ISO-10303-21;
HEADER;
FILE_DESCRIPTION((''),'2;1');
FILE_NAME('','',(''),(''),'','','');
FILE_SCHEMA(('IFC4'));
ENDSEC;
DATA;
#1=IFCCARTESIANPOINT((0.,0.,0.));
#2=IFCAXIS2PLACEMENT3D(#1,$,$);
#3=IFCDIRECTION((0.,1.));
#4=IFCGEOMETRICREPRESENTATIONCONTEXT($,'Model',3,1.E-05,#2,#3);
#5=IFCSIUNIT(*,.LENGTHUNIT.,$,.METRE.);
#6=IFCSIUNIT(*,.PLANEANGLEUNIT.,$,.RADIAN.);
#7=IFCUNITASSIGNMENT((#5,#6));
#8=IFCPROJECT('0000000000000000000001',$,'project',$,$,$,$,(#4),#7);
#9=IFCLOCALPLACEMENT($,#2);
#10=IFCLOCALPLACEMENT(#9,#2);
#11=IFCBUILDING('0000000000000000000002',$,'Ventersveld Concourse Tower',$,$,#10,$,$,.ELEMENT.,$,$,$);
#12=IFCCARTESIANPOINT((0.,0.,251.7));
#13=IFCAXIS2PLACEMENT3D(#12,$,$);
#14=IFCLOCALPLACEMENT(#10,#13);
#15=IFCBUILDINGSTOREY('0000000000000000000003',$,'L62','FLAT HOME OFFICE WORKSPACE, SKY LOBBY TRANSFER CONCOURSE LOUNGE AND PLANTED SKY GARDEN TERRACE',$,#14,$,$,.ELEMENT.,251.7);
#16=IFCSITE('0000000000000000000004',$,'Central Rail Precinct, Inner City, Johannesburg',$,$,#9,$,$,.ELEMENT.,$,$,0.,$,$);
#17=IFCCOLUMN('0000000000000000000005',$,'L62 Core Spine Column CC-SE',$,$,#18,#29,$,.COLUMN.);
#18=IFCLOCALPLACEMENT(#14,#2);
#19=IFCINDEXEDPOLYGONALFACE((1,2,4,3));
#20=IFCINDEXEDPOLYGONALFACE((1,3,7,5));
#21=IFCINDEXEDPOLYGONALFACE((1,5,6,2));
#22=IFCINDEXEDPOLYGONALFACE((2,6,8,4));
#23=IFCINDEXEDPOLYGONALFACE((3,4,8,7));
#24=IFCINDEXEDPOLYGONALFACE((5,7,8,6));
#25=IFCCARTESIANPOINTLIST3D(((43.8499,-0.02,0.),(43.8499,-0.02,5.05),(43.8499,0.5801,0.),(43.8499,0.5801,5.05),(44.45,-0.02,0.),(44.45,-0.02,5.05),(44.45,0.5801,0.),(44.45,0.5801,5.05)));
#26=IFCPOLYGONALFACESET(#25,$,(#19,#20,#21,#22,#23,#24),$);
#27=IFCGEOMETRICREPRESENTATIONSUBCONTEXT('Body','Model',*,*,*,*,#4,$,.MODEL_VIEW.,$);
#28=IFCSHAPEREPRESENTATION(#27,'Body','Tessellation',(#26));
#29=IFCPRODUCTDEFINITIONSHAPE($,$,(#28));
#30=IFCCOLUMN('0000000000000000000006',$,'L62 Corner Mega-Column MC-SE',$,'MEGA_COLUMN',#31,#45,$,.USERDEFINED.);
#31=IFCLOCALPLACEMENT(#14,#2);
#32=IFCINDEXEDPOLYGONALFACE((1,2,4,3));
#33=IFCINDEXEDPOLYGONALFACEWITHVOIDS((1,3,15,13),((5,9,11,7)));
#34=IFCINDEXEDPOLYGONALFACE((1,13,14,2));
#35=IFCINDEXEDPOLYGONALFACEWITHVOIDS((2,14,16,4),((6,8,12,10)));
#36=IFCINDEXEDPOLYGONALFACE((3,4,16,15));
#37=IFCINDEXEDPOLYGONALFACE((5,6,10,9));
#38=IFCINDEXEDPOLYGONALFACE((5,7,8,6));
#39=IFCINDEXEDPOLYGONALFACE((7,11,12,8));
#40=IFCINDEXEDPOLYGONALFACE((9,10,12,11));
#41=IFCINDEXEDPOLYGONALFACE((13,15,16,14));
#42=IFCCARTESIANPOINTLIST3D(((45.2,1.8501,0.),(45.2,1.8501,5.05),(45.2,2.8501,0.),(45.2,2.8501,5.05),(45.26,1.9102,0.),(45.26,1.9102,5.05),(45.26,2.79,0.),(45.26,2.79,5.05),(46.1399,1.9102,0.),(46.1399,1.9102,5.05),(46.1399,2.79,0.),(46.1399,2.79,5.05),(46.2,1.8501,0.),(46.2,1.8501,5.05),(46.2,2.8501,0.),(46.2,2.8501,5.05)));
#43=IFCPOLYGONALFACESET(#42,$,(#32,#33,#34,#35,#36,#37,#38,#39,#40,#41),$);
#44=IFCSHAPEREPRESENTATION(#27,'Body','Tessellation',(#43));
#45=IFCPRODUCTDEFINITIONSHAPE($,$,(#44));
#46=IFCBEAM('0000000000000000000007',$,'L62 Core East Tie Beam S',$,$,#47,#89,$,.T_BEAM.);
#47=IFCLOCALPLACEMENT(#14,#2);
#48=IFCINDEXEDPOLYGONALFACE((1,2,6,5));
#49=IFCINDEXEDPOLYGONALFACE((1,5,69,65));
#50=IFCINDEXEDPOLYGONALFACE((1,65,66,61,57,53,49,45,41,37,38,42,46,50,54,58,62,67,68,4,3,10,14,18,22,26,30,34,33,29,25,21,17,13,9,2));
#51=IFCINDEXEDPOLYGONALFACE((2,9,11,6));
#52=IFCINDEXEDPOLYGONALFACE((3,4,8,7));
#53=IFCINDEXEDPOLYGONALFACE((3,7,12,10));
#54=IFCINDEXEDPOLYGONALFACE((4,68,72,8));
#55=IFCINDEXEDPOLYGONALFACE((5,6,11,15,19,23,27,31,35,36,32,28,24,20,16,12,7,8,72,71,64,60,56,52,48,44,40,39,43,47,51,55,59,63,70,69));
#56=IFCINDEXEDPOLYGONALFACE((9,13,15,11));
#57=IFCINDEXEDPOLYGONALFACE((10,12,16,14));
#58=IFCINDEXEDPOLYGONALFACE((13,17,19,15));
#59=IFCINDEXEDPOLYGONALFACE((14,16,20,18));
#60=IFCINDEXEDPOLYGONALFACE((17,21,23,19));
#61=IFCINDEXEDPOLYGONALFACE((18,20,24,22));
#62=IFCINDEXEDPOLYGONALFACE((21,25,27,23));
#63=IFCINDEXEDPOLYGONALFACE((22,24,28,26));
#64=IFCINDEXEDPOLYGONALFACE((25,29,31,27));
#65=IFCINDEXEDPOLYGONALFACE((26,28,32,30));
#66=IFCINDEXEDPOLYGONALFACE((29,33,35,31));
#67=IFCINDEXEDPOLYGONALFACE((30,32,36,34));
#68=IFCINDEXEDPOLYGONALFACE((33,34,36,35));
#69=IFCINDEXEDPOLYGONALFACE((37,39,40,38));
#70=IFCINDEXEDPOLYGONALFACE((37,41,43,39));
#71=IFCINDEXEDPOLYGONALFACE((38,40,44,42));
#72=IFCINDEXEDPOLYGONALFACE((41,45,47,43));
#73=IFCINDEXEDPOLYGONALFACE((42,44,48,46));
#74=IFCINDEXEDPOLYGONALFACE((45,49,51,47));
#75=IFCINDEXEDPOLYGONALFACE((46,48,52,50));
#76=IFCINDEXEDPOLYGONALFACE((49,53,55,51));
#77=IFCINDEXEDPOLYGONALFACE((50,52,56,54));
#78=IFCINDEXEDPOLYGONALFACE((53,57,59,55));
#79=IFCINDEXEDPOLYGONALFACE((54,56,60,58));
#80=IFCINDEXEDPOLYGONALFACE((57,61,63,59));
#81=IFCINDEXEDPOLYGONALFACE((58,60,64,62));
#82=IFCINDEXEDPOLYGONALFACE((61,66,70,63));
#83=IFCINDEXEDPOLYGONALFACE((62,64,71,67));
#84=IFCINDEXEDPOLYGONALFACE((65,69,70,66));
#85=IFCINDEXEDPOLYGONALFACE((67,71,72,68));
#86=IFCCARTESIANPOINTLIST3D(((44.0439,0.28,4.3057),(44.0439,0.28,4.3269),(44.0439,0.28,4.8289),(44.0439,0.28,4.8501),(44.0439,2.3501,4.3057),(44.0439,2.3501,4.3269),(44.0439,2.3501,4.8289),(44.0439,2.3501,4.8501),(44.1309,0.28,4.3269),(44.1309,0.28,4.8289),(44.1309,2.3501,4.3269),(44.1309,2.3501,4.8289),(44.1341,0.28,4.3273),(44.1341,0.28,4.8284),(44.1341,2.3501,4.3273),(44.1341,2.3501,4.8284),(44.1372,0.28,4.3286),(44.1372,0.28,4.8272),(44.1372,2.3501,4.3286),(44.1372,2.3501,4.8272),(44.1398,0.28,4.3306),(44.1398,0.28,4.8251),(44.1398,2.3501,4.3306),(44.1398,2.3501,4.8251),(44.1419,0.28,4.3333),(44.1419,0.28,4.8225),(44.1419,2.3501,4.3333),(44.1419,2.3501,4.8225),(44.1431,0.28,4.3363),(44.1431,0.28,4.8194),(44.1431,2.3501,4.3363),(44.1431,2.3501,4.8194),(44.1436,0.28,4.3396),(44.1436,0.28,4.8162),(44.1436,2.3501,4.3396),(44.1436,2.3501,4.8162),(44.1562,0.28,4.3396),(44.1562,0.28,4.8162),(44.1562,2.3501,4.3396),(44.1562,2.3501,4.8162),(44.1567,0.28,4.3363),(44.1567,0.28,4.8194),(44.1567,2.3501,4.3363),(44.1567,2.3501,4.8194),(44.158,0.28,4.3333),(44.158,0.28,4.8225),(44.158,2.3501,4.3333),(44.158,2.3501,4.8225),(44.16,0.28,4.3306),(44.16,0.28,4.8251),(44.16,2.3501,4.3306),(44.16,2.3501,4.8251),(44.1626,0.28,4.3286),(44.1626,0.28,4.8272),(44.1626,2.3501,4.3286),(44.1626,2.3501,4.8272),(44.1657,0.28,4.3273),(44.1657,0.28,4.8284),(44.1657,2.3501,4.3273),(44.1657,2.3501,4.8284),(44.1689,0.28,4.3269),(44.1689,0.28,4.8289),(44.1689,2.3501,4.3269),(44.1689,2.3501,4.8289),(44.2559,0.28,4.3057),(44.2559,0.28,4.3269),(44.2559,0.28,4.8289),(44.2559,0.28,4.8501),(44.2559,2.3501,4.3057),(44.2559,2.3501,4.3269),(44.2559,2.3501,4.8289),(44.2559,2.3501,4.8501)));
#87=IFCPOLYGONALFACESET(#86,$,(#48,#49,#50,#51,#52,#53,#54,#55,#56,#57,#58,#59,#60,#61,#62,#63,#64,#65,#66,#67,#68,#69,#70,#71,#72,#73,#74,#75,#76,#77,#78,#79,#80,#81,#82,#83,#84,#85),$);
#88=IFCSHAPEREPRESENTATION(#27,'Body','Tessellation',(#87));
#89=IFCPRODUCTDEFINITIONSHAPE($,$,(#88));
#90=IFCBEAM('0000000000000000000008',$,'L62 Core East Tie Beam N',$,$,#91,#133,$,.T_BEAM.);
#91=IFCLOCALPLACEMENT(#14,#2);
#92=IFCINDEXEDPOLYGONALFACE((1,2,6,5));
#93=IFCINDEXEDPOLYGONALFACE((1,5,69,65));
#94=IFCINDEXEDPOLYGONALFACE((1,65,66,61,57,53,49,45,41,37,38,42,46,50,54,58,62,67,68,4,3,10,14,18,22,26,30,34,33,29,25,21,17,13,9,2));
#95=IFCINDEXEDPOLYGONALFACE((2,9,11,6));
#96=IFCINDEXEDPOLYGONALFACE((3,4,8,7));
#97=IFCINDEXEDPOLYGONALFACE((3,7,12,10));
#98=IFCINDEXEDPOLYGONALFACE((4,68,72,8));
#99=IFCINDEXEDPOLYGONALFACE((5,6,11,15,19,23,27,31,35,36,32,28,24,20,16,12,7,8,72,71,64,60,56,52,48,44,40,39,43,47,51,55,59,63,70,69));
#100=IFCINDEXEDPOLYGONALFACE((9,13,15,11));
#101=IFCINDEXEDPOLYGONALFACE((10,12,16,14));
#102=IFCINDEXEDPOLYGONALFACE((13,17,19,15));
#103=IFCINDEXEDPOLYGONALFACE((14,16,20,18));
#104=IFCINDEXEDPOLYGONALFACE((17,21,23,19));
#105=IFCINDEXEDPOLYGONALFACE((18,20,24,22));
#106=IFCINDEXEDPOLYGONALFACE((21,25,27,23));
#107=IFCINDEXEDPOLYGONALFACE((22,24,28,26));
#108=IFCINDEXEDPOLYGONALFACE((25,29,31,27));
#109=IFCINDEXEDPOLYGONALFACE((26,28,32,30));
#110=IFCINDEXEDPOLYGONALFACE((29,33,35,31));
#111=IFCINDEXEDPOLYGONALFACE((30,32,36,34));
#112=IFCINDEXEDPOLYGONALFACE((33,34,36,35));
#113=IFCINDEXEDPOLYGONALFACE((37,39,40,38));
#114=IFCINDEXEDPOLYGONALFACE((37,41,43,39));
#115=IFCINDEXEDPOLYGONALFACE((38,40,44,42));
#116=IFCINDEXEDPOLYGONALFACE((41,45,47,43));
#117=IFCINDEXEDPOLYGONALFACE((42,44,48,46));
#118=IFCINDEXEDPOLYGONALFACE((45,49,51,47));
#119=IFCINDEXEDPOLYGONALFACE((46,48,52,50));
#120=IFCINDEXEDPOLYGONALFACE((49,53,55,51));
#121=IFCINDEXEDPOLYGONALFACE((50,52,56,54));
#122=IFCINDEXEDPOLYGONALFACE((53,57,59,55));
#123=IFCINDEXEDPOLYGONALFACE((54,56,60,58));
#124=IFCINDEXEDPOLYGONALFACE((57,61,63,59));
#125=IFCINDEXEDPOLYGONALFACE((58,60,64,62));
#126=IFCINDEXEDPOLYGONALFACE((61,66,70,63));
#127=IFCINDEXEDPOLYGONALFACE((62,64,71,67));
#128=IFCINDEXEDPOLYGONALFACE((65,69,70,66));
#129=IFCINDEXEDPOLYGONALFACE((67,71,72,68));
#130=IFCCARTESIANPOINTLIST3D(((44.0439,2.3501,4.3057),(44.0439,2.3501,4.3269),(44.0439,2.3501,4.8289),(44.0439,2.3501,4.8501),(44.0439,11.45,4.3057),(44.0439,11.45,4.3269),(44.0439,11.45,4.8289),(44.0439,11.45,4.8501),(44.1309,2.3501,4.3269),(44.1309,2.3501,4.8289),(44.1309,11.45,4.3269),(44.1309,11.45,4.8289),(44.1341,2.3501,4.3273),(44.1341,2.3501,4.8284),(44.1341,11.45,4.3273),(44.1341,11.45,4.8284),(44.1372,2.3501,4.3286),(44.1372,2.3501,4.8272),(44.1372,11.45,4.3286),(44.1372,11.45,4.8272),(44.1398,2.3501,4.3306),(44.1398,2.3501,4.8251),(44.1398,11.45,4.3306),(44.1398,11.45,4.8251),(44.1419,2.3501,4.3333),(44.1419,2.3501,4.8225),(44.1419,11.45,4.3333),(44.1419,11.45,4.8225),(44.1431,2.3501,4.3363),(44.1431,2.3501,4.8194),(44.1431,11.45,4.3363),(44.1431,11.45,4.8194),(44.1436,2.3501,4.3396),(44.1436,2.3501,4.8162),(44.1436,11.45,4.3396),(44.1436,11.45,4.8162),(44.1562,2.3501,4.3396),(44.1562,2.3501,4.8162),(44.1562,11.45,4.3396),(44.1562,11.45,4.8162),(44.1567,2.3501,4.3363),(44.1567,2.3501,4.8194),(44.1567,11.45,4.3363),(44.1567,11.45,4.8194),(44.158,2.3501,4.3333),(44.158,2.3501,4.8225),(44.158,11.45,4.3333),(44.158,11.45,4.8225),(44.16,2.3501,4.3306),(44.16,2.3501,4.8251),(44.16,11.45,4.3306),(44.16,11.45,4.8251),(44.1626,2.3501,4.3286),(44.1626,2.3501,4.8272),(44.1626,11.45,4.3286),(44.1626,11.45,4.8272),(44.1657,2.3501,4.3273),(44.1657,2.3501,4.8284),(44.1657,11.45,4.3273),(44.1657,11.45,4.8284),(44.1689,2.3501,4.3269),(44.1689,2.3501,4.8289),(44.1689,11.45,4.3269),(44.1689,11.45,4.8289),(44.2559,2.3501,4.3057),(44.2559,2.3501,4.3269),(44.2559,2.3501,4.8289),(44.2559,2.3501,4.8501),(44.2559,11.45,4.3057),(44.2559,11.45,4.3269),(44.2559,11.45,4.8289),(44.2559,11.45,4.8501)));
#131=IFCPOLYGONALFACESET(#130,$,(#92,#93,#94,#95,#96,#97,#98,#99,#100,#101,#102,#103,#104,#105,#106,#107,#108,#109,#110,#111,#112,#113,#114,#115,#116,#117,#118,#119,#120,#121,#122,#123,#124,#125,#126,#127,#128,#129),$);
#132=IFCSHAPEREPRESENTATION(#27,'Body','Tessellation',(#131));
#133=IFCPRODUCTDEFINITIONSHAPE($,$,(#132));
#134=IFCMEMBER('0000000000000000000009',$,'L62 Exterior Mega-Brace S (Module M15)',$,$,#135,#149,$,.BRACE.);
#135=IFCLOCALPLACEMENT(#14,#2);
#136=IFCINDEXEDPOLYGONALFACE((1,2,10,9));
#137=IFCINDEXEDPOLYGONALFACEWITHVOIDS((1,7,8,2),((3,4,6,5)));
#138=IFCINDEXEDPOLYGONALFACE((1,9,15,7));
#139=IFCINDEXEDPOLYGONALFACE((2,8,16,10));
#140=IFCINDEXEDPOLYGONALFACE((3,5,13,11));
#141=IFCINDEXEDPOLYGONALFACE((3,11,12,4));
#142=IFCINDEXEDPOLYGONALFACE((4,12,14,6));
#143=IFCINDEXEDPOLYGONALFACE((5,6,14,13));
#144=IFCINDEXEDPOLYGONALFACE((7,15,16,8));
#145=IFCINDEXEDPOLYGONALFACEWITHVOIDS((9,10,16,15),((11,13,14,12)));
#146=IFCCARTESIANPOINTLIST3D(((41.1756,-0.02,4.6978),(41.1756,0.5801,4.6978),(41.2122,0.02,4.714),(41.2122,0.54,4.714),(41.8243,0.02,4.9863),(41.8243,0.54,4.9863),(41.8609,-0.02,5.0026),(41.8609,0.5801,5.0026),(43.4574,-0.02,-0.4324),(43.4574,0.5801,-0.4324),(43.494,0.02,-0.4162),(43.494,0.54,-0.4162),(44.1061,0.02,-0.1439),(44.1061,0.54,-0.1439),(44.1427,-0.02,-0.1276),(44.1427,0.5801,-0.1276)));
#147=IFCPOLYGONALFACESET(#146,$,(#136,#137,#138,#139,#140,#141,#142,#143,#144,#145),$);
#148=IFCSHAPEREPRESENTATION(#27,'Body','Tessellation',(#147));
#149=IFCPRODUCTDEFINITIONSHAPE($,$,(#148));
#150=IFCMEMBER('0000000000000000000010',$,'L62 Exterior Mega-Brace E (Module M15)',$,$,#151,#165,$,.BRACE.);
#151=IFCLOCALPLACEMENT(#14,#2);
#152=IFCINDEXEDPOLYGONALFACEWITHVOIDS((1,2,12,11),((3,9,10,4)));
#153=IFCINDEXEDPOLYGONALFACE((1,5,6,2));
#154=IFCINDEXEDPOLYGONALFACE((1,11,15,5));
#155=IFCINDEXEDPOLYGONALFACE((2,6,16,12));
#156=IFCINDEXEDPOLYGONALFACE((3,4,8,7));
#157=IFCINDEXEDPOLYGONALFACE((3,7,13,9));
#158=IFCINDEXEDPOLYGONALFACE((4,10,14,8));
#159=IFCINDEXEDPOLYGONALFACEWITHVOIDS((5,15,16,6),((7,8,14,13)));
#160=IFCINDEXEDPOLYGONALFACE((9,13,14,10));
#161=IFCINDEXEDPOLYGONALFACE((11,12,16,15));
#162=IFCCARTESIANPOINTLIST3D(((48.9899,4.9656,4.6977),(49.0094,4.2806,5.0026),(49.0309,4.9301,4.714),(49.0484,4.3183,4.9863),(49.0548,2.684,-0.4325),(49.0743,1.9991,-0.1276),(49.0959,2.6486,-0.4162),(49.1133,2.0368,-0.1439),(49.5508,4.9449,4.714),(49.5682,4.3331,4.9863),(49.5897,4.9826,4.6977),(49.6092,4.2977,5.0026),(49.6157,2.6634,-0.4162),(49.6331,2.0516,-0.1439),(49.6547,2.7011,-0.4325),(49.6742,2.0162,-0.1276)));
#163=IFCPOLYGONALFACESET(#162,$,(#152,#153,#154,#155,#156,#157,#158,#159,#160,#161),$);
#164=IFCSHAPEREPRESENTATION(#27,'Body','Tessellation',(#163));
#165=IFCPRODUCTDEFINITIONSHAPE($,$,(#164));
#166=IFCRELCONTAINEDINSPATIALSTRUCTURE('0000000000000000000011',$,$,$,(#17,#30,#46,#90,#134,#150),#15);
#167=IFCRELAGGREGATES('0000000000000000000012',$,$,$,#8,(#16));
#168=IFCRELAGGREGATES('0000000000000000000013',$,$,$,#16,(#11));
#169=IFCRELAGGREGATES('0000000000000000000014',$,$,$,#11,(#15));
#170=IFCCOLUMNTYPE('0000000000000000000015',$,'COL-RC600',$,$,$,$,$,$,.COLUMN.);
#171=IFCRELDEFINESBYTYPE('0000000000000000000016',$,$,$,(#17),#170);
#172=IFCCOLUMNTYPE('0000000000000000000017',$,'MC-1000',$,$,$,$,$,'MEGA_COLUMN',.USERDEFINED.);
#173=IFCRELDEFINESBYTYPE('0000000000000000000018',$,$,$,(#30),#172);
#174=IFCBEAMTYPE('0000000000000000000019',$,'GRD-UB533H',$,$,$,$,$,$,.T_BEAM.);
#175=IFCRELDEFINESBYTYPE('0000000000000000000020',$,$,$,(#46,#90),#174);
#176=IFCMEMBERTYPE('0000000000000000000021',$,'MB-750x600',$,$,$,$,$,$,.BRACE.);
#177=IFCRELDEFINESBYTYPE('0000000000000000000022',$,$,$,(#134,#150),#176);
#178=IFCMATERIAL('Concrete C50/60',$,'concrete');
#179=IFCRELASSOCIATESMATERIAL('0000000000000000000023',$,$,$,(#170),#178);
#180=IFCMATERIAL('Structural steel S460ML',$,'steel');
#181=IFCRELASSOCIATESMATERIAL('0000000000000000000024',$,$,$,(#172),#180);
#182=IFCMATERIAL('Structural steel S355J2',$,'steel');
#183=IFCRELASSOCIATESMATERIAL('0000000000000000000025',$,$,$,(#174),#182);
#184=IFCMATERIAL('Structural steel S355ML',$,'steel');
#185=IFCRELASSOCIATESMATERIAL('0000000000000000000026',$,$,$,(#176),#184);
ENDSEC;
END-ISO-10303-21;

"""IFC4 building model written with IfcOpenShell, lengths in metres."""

from ifc_helpers import new_model, si_unit, direction, frame, origin, origin_2d, place, context, subcontext, project, spatial, rectangle, hollow_rectangle, i_section, extrude, material, material_profile, profile_set, type_object, element, save


model = new_model("IFC4")

# Units and contexts
model_context = context("Model", 3, precision=1e-05, world=origin(), true_north=direction((0.0, 1.0)))
body_context = subcontext(model_context, "Body", "Model", "MODEL_VIEW")
ifc_project = project(units=[si_unit("LENGTHUNIT", "METRE"), si_unit("PLANEANGLEUNIT", "RADIAN")], contexts=[model_context])

# Site, building, storey
site_placement = place(None, origin())
site = spatial("IfcSite", under=ifc_project, at=site_placement, Name="Central Rail Precinct, Inner City, Johannesburg", CompositionType="ELEMENT", RefElevation=0.0)
building_placement = place(site_placement, origin())
building = spatial("IfcBuilding", under=site, at=building_placement, Name="Ventersveld Concourse Tower", CompositionType="ELEMENT")
storey_placement = place(building_placement, frame((0.0, 0.0, 251.7)))
storey = spatial("IfcBuildingStorey", under=building, at=storey_placement, Name="L62", Description="FLAT HOME OFFICE WORKSPACE, SKY LOBBY TRANSFER CONCOURSE LOUNGE AND PLANTED SKY GARDEN TERRACE", CompositionType="ELEMENT", Elevation=251.7)

# Columns
ifc_material_1 = material(Name="Concrete C50/60", Category="concrete")
ifc_material_profile_1 = material_profile(ifc_material_1, rectangle(XDim=0.6001, YDim=0.6001, at=origin_2d()), Name="RC 600x600")
ifc_profile_set_1 = profile_set([ifc_material_profile_1], Name="Concrete C50/60")
column_type_1 = type_object("IfcColumnType", Name="COL-RC600", PredefinedType="COLUMN", material=ifc_profile_set_1)
column_1_placement = place(storey_placement, frame((44.1499, 0.28, 0.0), z_axis=(0.0, 0.0, 1.0), x_axis=(1.0, 0.0, 0.0)))
element("IfcColumn", 1, at=column_1_placement, inside=storey, type_object=column_type_1, Name="L62 Core Spine Column CC-SE", PredefinedType="COLUMN", context=body_context, shape_type="SweptSolid", body=[
    extrude(rectangle(XDim=0.6001, YDim=0.6001, at=origin_2d()), origin(), (0.0, 0.0, 1.0), 5.05),
])
ifc_material_2 = material(Name="Structural steel S460ML", Category="steel")
ifc_material_profile_2 = material_profile(ifc_material_2, hollow_rectangle(XDim=1.0, YDim=1.0, WallThickness=0.0601, at=origin_2d()), Name="BOX 1000x1000x60")
ifc_profile_set_2 = profile_set([ifc_material_profile_2], Name="Structural steel S460ML")
column_type_2 = type_object("IfcColumnType", Name="MC-1000", ElementType="MEGA_COLUMN", PredefinedType="USERDEFINED", material=ifc_profile_set_2)
column_2_placement = place(storey_placement, frame((45.7, 2.3501, 0.0), z_axis=(0.0, 0.0, 1.0), x_axis=(1.0, 0.0, 0.0)))
element("IfcColumn", 2, at=column_2_placement, inside=storey, type_object=column_type_2, Name="L62 Corner Mega-Column MC-SE", ObjectType="MEGA_COLUMN", PredefinedType="USERDEFINED", context=body_context, shape_type="SweptSolid", body=[
    extrude(hollow_rectangle(XDim=1.0, YDim=1.0, WallThickness=0.0601, at=origin_2d()), origin(), (0.0, 0.0, 1.0), 5.05),
])

# Beams
ifc_material_3 = material(Name="Structural steel S355J2", Category="steel")
ifc_material_profile_3 = material_profile(ifc_material_3, i_section(OverallWidth=0.2119, OverallDepth=0.5444, WebThickness=0.0127, FlangeThickness=0.0212, FilletRadius=0.0127, at=origin_2d()), Name="UB 533x210x122")
ifc_profile_set_3 = profile_set([ifc_material_profile_3], Name="Structural steel S355J2")
beam_type_1 = type_object("IfcBeamType", Name="GRD-UB533H", PredefinedType="T_BEAM", material=ifc_profile_set_3)
beam_1_placement = place(storey_placement, frame((44.1499, 0.28, 4.5779), z_axis=(0.0, 1.0, 0.0), x_axis=(-1.0, 0.0, 0.0)))
element("IfcBeam", 3, at=beam_1_placement, inside=storey, type_object=beam_type_1, Name="L62 Core East Tie Beam S", PredefinedType="T_BEAM", context=body_context, shape_type="SweptSolid", body=[
    extrude(i_section(OverallWidth=0.2119, OverallDepth=0.5444, WebThickness=0.0127, FlangeThickness=0.0212, FilletRadius=0.0127, at=origin_2d()), origin(), (0.0, 0.0, 1.0), 2.0701),
])
beam_2_placement = place(storey_placement, frame((44.1499, 2.3501, 4.5779), z_axis=(0.0, 1.0, 0.0), x_axis=(-1.0, 0.0, 0.0)))
element("IfcBeam", 4, at=beam_2_placement, inside=storey, type_object=beam_type_1, Name="L62 Core East Tie Beam N", PredefinedType="T_BEAM", context=body_context, shape_type="SweptSolid", body=[
    extrude(i_section(OverallWidth=0.2119, OverallDepth=0.5444, WebThickness=0.0127, FlangeThickness=0.0212, FilletRadius=0.0127, at=origin_2d()), origin(), (0.0, 0.0, 1.0), 9.0999),
])

# Members
ifc_material_4 = material(Name="Structural steel S355ML", Category="steel")
ifc_material_profile_4 = material_profile(ifc_material_4, hollow_rectangle(XDim=0.6001, YDim=0.75, WallThickness=0.04, at=origin_2d()), Name="BOX 750x600x40")
ifc_profile_set_4 = profile_set([ifc_material_profile_4], Name="Structural steel S355ML")
member_type = type_object("IfcMemberType", Name="MB-750x600", PredefinedType="BRACE", material=ifc_profile_set_4)
member_1_placement = place(storey_placement, frame((43.8, 0.28, -0.28), z_axis=(-0.406389, 0.0, 0.9137), x_axis=(0.0, -1.0, 0.0)))
element("IfcMember", 5, at=member_1_placement, inside=storey, type_object=member_type, Name="L62 Exterior Mega-Brace S (Module M15)", PredefinedType="BRACE", context=body_context, shape_type="SweptSolid", body=[
    extrude(hollow_rectangle(XDim=0.6001, YDim=0.75, WallThickness=0.04, at=origin_2d()), origin(), (0.0, 0.0, 1.0), 5.6147),
])
member_2_placement = place(storey_placement, frame((49.3645, 2.3501, -0.28), z_axis=(-0.011566, 0.406325, 0.913655), x_axis=(-0.999595, -0.028453, 0.0)))
element("IfcMember", 6, at=member_2_placement, inside=storey, type_object=member_type, Name="L62 Exterior Mega-Brace E (Module M15)", PredefinedType="BRACE", context=body_context, shape_type="SweptSolid", body=[
    extrude(hollow_rectangle(XDim=0.6001, YDim=0.75, WallThickness=0.04, at=origin_2d()), origin(), (0.0, 0.0, 1.0), 5.615),
])

save(model, "model.ifc")
